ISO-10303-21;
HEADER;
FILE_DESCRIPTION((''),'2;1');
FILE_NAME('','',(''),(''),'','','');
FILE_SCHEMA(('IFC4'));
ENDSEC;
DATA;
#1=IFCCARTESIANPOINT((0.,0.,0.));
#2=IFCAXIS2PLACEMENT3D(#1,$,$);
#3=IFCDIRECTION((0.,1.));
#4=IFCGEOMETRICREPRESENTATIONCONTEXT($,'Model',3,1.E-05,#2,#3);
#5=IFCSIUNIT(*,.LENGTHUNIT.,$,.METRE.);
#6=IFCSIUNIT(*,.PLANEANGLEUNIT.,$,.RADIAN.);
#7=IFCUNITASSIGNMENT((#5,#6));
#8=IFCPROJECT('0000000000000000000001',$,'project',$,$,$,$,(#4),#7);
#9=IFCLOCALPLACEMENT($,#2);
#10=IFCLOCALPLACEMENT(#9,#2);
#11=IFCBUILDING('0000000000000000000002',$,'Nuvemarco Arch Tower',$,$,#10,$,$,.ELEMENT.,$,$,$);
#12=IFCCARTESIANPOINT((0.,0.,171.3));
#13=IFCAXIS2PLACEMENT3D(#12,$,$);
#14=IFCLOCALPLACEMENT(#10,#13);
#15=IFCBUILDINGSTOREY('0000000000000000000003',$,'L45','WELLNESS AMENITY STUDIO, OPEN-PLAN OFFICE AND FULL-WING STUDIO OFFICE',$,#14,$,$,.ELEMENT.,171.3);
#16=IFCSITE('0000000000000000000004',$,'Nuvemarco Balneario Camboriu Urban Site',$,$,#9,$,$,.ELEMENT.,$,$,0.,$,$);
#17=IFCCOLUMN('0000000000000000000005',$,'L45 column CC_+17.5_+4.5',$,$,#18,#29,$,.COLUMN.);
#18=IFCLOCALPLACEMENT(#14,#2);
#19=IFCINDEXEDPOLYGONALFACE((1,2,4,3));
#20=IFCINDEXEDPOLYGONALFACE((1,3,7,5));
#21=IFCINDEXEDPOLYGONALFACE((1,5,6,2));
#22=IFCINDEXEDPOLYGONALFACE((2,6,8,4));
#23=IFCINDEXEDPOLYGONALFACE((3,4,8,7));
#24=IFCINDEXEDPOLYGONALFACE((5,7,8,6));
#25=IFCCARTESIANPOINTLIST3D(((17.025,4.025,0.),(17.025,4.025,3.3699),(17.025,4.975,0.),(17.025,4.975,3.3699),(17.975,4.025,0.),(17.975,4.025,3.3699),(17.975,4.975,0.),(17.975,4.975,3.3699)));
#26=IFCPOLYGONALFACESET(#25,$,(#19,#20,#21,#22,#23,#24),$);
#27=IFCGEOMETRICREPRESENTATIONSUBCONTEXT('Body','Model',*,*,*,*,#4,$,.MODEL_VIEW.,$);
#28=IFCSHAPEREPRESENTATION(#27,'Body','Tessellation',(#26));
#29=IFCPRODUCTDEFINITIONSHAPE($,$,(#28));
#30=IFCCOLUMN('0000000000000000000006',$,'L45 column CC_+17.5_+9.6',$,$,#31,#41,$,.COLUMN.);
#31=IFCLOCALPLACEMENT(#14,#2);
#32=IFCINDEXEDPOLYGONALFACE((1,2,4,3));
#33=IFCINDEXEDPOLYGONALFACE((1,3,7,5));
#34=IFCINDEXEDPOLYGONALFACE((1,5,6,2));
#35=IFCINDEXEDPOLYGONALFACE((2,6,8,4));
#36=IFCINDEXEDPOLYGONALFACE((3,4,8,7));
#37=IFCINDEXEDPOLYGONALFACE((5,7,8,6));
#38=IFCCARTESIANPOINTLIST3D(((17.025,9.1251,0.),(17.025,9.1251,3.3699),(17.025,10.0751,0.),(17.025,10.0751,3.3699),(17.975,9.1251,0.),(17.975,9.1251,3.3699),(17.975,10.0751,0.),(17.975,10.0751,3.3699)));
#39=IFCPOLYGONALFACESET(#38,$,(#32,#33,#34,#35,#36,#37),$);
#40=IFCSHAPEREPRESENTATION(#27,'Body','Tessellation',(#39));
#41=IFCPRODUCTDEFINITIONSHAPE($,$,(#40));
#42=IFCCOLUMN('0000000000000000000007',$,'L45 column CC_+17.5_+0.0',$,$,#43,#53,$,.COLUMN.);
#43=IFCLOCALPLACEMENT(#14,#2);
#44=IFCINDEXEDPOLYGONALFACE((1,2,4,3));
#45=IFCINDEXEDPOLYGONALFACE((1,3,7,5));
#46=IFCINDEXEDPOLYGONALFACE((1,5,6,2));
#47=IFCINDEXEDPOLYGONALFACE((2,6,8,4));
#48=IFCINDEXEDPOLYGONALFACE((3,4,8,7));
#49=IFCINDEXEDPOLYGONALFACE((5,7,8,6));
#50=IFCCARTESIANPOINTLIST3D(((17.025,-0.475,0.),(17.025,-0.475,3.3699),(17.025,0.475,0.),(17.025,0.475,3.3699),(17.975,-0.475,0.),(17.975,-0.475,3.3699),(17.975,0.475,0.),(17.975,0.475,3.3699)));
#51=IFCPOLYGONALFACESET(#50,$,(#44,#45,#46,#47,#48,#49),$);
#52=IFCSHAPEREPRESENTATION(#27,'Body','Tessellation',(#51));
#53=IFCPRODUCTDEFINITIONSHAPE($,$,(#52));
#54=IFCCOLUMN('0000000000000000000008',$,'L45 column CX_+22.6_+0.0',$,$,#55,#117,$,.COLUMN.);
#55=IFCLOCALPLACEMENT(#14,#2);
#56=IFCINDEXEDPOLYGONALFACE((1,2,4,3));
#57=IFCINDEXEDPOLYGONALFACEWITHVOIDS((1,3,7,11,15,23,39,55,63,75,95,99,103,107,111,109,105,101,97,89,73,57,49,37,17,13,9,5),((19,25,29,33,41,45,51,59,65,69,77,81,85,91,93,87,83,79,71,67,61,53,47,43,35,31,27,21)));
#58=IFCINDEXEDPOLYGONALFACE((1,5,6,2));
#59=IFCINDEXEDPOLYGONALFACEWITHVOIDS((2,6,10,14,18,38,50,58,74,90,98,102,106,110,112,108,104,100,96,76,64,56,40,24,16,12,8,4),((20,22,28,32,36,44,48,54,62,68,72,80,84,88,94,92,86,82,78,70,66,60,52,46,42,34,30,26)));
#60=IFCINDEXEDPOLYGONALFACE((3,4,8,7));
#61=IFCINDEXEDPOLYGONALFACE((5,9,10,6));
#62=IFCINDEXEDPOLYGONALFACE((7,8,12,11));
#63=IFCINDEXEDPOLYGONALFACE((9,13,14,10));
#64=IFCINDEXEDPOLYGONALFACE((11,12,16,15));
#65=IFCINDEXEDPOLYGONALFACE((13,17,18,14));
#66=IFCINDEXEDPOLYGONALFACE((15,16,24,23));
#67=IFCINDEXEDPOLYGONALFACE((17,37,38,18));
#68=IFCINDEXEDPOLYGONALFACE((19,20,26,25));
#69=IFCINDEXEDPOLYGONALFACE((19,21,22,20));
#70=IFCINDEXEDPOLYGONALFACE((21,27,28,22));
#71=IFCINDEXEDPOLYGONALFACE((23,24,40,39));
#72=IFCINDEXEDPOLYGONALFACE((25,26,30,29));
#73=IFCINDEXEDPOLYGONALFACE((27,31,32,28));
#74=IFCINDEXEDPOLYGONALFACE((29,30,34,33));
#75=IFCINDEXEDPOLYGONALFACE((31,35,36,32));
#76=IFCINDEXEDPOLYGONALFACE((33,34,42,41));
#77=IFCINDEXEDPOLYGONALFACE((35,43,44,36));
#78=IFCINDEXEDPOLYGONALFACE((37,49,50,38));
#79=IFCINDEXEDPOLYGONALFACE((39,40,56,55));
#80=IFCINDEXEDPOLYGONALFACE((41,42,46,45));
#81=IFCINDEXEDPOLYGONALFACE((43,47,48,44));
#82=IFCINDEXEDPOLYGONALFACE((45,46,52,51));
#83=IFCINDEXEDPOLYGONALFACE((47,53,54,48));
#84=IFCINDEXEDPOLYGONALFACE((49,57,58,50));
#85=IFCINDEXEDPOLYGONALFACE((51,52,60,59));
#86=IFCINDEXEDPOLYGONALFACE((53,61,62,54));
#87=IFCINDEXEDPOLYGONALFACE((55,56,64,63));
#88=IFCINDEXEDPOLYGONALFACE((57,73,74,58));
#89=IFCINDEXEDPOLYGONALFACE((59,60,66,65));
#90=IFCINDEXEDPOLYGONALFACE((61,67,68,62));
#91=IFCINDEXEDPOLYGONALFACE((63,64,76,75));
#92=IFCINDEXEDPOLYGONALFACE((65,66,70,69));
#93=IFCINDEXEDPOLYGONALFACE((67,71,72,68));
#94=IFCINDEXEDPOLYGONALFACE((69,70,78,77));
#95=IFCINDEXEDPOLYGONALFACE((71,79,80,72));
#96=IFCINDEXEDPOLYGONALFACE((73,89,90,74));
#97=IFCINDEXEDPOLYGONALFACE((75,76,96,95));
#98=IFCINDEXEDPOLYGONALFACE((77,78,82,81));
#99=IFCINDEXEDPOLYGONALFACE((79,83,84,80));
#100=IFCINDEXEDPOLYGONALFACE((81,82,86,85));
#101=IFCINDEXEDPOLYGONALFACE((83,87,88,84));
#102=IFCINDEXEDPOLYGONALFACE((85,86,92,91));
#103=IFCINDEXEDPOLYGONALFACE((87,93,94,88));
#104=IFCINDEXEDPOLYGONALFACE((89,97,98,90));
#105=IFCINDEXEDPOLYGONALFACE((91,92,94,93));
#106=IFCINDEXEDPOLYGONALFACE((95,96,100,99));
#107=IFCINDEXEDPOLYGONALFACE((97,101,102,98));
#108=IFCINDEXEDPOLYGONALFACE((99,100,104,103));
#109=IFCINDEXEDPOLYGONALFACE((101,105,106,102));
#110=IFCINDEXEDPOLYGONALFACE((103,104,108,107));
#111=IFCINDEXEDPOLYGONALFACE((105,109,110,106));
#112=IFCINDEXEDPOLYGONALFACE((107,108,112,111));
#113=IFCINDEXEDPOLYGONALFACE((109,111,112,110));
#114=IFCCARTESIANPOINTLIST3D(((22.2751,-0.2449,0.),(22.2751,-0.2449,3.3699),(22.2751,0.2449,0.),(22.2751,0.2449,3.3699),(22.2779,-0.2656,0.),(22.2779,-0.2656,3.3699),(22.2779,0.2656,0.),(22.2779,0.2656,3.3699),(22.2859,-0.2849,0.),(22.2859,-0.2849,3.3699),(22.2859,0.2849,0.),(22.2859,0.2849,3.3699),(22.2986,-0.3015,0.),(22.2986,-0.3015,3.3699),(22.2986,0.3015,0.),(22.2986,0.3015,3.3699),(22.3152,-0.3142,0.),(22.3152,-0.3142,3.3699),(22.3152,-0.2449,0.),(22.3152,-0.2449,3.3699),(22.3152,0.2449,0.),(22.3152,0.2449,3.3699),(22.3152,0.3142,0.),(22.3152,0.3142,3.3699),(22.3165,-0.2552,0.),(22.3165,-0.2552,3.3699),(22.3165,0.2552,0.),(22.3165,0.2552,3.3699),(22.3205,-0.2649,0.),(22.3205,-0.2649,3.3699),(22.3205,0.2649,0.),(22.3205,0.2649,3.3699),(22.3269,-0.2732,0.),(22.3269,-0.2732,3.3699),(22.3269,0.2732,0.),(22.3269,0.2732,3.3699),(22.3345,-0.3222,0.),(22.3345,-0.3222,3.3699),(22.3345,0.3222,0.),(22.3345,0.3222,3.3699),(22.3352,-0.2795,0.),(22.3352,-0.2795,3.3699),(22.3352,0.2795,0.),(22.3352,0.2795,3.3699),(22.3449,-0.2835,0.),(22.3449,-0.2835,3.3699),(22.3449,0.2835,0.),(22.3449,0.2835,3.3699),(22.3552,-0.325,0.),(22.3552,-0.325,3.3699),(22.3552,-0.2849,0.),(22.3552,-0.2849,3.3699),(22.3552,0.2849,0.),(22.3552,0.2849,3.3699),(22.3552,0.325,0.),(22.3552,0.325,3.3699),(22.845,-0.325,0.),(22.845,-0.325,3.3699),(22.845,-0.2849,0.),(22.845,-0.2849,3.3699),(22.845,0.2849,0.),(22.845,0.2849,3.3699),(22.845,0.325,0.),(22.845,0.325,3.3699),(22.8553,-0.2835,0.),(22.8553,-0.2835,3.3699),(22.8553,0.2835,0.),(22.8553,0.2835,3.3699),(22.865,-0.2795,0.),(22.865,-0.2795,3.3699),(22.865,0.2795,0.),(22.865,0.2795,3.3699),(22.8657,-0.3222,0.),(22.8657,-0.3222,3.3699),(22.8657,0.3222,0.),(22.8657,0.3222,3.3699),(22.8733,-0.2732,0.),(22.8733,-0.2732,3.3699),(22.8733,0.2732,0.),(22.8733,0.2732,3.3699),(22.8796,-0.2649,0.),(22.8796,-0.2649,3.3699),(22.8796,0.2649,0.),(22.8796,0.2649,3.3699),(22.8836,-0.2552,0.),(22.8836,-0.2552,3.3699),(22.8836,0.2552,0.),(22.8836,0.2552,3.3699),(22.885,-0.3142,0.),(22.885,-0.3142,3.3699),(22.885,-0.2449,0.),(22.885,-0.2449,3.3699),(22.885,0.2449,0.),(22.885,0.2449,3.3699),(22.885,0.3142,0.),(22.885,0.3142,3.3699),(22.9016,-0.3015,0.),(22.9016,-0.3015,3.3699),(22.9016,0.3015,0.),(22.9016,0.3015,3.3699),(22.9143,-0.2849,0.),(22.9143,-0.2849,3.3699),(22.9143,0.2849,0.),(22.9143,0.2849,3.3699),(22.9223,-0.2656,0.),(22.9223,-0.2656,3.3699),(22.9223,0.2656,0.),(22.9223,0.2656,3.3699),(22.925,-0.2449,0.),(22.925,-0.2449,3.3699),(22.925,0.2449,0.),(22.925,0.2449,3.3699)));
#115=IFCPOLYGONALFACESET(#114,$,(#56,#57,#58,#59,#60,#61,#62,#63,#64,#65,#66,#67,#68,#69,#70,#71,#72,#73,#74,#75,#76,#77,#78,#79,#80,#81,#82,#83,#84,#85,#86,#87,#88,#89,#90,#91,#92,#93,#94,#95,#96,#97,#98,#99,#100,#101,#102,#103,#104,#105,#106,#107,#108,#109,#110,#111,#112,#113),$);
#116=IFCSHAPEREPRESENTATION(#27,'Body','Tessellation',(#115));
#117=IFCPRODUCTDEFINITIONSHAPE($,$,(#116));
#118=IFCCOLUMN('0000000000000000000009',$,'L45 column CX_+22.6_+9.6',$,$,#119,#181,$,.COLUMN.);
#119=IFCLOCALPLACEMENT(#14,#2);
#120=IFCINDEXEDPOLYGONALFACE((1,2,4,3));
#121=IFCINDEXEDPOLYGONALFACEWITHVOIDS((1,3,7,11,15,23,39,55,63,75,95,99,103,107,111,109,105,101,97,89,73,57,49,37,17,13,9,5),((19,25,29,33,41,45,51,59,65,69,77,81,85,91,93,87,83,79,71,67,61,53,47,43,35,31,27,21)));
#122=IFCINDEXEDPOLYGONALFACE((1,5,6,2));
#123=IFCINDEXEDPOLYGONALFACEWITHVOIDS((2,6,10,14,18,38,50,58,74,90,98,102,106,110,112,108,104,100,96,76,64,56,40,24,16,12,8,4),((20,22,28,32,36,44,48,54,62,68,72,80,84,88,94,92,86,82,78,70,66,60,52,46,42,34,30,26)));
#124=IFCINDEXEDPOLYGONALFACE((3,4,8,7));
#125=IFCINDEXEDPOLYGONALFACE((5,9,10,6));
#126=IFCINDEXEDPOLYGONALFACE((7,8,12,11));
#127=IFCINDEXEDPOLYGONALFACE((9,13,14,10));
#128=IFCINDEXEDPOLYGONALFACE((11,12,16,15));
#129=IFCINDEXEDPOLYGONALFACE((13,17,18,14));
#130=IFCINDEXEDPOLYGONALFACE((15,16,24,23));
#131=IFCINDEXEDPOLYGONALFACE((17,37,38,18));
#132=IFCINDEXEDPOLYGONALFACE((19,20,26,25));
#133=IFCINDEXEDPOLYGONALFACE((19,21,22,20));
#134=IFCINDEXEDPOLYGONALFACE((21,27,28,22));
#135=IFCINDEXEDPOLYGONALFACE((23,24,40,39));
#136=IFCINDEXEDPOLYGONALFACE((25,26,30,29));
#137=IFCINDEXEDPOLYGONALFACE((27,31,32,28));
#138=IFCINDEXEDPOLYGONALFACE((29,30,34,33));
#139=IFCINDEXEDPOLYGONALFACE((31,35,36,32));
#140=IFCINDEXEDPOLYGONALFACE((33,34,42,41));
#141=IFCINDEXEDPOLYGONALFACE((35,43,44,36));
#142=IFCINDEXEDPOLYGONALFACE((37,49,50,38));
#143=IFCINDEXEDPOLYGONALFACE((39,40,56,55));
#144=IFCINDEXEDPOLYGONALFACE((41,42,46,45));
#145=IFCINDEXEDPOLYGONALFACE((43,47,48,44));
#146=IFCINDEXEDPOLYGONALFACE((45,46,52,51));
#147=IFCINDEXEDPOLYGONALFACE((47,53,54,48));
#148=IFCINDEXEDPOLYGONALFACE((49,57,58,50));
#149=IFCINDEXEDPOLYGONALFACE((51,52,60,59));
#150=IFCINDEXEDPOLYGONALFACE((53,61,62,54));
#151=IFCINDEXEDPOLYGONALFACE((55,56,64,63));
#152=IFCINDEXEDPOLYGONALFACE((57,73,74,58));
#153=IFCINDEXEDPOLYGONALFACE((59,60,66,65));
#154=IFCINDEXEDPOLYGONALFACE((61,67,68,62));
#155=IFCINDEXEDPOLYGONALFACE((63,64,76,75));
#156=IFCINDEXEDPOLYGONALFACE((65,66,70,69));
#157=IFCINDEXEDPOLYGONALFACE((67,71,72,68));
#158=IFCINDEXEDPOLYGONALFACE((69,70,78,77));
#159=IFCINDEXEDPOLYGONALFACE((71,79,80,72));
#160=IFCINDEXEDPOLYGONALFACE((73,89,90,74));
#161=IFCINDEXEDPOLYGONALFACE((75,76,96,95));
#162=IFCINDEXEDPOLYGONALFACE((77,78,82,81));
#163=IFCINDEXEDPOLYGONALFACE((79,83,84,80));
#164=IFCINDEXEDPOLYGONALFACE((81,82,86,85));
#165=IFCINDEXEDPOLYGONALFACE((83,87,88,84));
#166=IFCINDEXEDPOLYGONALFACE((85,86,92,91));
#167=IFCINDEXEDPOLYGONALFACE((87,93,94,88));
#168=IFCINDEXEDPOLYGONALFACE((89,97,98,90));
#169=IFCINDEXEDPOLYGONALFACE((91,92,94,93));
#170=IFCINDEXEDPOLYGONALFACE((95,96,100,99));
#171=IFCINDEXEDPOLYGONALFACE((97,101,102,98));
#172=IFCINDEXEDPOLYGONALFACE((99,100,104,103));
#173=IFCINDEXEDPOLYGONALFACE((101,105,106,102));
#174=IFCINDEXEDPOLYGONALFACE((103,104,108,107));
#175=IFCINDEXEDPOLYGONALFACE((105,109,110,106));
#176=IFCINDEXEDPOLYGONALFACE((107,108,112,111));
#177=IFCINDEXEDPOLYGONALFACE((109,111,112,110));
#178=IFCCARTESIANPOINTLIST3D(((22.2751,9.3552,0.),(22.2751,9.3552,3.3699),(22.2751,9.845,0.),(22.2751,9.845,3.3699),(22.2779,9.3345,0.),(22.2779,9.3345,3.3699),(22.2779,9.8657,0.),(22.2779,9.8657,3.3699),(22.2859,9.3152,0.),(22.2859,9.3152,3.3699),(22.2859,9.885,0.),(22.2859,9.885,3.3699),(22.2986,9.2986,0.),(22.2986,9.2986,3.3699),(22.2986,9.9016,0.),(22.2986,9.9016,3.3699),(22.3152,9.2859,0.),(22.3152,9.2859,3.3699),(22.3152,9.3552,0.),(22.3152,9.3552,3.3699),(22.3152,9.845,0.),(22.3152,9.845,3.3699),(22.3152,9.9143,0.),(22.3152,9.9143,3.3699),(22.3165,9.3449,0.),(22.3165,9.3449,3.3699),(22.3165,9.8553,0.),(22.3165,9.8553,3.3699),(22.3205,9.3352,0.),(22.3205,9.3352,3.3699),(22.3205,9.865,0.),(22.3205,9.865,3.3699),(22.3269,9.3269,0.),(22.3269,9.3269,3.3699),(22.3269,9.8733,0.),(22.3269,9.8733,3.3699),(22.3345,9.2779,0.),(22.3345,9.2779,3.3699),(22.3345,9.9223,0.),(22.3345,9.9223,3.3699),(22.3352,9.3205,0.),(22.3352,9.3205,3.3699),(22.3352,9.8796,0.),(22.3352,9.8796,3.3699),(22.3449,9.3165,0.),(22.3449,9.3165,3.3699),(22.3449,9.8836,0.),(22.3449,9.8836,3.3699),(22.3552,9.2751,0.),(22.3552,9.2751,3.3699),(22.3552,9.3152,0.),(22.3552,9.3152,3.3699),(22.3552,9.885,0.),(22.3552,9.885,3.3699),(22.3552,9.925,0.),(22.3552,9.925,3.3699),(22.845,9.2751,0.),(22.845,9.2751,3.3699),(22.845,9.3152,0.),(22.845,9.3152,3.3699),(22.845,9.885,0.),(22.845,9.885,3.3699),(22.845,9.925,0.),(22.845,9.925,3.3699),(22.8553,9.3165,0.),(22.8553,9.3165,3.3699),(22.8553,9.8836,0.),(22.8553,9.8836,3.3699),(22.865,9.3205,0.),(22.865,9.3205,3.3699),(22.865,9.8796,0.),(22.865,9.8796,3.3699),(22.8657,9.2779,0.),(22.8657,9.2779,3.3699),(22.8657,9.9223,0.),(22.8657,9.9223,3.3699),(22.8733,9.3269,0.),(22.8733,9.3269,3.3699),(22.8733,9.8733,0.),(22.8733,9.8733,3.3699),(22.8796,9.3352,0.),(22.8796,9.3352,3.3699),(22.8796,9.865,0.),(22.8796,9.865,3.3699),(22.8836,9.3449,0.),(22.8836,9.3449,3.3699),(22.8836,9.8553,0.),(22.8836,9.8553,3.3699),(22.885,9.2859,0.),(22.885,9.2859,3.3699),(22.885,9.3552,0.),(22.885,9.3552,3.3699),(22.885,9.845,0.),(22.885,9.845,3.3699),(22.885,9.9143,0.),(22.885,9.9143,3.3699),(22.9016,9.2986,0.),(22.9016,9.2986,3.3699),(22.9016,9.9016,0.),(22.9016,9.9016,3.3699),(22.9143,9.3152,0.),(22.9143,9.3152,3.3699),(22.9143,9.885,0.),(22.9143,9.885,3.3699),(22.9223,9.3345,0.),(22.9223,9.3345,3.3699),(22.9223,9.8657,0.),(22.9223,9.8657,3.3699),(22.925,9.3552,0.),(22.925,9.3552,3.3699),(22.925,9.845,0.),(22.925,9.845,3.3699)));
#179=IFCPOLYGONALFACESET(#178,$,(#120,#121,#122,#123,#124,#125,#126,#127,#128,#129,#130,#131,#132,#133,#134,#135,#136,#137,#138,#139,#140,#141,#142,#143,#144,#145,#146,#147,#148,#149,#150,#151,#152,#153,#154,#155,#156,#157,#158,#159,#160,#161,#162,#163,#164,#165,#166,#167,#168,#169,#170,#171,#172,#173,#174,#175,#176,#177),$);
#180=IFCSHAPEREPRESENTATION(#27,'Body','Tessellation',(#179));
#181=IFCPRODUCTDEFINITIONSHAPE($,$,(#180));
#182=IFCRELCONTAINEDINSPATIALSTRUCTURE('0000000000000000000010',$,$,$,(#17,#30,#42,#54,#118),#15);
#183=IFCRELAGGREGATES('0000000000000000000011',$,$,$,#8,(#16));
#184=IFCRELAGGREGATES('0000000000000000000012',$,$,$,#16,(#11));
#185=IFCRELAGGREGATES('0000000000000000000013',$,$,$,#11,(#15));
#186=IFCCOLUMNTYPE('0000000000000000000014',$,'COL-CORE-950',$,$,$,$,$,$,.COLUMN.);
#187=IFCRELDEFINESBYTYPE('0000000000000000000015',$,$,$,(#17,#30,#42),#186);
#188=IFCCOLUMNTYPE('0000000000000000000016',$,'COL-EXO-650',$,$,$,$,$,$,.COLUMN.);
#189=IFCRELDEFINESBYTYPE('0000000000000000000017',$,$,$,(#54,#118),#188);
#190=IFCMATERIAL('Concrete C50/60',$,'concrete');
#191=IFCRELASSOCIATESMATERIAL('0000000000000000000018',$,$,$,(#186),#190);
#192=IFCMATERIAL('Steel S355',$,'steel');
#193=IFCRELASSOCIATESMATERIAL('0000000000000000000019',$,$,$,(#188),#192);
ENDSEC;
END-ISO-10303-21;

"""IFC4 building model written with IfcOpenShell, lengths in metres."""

from ifc_helpers import new_model, si_unit, direction, frame, origin, origin_2d, place, context, subcontext, project, spatial, rectangle, hollow_rectangle, extrude, material, material_profile, profile_set, type_object, element, save


model = new_model("IFC4")

# Units and contexts
model_context = context("Model", 3, precision=1e-05, world=origin(), true_north=direction((0.0, 1.0)))
body_context = subcontext(model_context, "Body", "Model", "MODEL_VIEW")
ifc_project = project(units=[si_unit("LENGTHUNIT", "METRE"), si_unit("PLANEANGLEUNIT", "RADIAN")], contexts=[model_context])

# Site, building, storey
site_placement = place(None, origin())
site = spatial("IfcSite", under=ifc_project, at=site_placement, Name="Nuvemarco Balneario Camboriu Urban Site", CompositionType="ELEMENT", RefElevation=0.0)
building_placement = place(site_placement, origin())
building = spatial("IfcBuilding", under=site, at=building_placement, Name="Nuvemarco Arch Tower", CompositionType="ELEMENT")
storey_placement = place(building_placement, frame((0.0, 0.0, 171.3)))
storey = spatial("IfcBuildingStorey", under=building, at=storey_placement, Name="L45", Description="WELLNESS AMENITY STUDIO, OPEN-PLAN OFFICE AND FULL-WING STUDIO OFFICE", CompositionType="ELEMENT", Elevation=171.3)

# Columns
ifc_material_1 = material(Name="Concrete C50/60", Category="concrete")
ifc_material_profile_1 = material_profile(ifc_material_1, rectangle(XDim=0.95, YDim=0.95, at=origin_2d()), Name="RC-COL-950x950")
ifc_profile_set_1 = profile_set([ifc_material_profile_1], Name="Concrete C50/60")
column_type_1 = type_object("IfcColumnType", Name="COL-CORE-950", PredefinedType="COLUMN", material=ifc_profile_set_1)
for number, where, z_axis, x_axis, name in (
    (1, (17.5, 4.5, 0.0), (0.0, 0.0, 1.0), (1.0, 0.0, 0.0), "L45 column CC_+17.5_+4.5"),
    (2, (17.5, 9.6001, 0.0), (0.0, 0.0, 1.0), (1.0, 0.0, 0.0), "L45 column CC_+17.5_+9.6"),
    (3, (17.5, 0.0, 0.0), (0.0, 0.0, 1.0), (1.0, 0.0, 0.0), "L45 column CC_+17.5_+0.0"),
):
    element("IfcColumn", number, at=place(storey_placement, frame(where, z_axis=z_axis, x_axis=x_axis)), inside=storey, type_object=column_type_1, Name=name, PredefinedType="COLUMN", context=body_context, shape_type="SweptSolid", body=[
        extrude(rectangle(XDim=0.95, YDim=0.95, at=origin_2d()), origin(), (0.0, 0.0, 1.0), 3.3699),
    ])
ifc_material_2 = material(Name="Steel S355", Category="steel")
ifc_material_profile_2 = material_profile(ifc_material_2, hollow_rectangle(XDim=0.6499, YDim=0.6499, WallThickness=0.04, InnerFilletRadius=0.04, OuterFilletRadius=0.0801, at=origin_2d()), Name="SHS650x650x40")
ifc_profile_set_2 = profile_set([ifc_material_profile_2], Name="Steel S355")
column_type_2 = type_object("IfcColumnType", Name="COL-EXO-650", PredefinedType="COLUMN", material=ifc_profile_set_2)
for number, where, z_axis, x_axis, name in (
    (4, (22.6001, 0.0, 0.0), (0.0, 0.0, 1.0), (1.0, 0.0, 0.0), "L45 column CX_+22.6_+0.0"),
    (5, (22.6001, 9.6001, 0.0), (0.0, 0.0, 1.0), (1.0, 0.0, 0.0), "L45 column CX_+22.6_+9.6"),
):
    element("IfcColumn", number, at=place(storey_placement, frame(where, z_axis=z_axis, x_axis=x_axis)), inside=storey, type_object=column_type_2, Name=name, PredefinedType="COLUMN", context=body_context, shape_type="SweptSolid", body=[
        extrude(hollow_rectangle(XDim=0.6499, YDim=0.6499, WallThickness=0.04, InnerFilletRadius=0.04, OuterFilletRadius=0.0801, at=origin_2d()), origin(), (0.0, 0.0, 1.0), 3.3699),
    ])

save(model, "model.ifc")
